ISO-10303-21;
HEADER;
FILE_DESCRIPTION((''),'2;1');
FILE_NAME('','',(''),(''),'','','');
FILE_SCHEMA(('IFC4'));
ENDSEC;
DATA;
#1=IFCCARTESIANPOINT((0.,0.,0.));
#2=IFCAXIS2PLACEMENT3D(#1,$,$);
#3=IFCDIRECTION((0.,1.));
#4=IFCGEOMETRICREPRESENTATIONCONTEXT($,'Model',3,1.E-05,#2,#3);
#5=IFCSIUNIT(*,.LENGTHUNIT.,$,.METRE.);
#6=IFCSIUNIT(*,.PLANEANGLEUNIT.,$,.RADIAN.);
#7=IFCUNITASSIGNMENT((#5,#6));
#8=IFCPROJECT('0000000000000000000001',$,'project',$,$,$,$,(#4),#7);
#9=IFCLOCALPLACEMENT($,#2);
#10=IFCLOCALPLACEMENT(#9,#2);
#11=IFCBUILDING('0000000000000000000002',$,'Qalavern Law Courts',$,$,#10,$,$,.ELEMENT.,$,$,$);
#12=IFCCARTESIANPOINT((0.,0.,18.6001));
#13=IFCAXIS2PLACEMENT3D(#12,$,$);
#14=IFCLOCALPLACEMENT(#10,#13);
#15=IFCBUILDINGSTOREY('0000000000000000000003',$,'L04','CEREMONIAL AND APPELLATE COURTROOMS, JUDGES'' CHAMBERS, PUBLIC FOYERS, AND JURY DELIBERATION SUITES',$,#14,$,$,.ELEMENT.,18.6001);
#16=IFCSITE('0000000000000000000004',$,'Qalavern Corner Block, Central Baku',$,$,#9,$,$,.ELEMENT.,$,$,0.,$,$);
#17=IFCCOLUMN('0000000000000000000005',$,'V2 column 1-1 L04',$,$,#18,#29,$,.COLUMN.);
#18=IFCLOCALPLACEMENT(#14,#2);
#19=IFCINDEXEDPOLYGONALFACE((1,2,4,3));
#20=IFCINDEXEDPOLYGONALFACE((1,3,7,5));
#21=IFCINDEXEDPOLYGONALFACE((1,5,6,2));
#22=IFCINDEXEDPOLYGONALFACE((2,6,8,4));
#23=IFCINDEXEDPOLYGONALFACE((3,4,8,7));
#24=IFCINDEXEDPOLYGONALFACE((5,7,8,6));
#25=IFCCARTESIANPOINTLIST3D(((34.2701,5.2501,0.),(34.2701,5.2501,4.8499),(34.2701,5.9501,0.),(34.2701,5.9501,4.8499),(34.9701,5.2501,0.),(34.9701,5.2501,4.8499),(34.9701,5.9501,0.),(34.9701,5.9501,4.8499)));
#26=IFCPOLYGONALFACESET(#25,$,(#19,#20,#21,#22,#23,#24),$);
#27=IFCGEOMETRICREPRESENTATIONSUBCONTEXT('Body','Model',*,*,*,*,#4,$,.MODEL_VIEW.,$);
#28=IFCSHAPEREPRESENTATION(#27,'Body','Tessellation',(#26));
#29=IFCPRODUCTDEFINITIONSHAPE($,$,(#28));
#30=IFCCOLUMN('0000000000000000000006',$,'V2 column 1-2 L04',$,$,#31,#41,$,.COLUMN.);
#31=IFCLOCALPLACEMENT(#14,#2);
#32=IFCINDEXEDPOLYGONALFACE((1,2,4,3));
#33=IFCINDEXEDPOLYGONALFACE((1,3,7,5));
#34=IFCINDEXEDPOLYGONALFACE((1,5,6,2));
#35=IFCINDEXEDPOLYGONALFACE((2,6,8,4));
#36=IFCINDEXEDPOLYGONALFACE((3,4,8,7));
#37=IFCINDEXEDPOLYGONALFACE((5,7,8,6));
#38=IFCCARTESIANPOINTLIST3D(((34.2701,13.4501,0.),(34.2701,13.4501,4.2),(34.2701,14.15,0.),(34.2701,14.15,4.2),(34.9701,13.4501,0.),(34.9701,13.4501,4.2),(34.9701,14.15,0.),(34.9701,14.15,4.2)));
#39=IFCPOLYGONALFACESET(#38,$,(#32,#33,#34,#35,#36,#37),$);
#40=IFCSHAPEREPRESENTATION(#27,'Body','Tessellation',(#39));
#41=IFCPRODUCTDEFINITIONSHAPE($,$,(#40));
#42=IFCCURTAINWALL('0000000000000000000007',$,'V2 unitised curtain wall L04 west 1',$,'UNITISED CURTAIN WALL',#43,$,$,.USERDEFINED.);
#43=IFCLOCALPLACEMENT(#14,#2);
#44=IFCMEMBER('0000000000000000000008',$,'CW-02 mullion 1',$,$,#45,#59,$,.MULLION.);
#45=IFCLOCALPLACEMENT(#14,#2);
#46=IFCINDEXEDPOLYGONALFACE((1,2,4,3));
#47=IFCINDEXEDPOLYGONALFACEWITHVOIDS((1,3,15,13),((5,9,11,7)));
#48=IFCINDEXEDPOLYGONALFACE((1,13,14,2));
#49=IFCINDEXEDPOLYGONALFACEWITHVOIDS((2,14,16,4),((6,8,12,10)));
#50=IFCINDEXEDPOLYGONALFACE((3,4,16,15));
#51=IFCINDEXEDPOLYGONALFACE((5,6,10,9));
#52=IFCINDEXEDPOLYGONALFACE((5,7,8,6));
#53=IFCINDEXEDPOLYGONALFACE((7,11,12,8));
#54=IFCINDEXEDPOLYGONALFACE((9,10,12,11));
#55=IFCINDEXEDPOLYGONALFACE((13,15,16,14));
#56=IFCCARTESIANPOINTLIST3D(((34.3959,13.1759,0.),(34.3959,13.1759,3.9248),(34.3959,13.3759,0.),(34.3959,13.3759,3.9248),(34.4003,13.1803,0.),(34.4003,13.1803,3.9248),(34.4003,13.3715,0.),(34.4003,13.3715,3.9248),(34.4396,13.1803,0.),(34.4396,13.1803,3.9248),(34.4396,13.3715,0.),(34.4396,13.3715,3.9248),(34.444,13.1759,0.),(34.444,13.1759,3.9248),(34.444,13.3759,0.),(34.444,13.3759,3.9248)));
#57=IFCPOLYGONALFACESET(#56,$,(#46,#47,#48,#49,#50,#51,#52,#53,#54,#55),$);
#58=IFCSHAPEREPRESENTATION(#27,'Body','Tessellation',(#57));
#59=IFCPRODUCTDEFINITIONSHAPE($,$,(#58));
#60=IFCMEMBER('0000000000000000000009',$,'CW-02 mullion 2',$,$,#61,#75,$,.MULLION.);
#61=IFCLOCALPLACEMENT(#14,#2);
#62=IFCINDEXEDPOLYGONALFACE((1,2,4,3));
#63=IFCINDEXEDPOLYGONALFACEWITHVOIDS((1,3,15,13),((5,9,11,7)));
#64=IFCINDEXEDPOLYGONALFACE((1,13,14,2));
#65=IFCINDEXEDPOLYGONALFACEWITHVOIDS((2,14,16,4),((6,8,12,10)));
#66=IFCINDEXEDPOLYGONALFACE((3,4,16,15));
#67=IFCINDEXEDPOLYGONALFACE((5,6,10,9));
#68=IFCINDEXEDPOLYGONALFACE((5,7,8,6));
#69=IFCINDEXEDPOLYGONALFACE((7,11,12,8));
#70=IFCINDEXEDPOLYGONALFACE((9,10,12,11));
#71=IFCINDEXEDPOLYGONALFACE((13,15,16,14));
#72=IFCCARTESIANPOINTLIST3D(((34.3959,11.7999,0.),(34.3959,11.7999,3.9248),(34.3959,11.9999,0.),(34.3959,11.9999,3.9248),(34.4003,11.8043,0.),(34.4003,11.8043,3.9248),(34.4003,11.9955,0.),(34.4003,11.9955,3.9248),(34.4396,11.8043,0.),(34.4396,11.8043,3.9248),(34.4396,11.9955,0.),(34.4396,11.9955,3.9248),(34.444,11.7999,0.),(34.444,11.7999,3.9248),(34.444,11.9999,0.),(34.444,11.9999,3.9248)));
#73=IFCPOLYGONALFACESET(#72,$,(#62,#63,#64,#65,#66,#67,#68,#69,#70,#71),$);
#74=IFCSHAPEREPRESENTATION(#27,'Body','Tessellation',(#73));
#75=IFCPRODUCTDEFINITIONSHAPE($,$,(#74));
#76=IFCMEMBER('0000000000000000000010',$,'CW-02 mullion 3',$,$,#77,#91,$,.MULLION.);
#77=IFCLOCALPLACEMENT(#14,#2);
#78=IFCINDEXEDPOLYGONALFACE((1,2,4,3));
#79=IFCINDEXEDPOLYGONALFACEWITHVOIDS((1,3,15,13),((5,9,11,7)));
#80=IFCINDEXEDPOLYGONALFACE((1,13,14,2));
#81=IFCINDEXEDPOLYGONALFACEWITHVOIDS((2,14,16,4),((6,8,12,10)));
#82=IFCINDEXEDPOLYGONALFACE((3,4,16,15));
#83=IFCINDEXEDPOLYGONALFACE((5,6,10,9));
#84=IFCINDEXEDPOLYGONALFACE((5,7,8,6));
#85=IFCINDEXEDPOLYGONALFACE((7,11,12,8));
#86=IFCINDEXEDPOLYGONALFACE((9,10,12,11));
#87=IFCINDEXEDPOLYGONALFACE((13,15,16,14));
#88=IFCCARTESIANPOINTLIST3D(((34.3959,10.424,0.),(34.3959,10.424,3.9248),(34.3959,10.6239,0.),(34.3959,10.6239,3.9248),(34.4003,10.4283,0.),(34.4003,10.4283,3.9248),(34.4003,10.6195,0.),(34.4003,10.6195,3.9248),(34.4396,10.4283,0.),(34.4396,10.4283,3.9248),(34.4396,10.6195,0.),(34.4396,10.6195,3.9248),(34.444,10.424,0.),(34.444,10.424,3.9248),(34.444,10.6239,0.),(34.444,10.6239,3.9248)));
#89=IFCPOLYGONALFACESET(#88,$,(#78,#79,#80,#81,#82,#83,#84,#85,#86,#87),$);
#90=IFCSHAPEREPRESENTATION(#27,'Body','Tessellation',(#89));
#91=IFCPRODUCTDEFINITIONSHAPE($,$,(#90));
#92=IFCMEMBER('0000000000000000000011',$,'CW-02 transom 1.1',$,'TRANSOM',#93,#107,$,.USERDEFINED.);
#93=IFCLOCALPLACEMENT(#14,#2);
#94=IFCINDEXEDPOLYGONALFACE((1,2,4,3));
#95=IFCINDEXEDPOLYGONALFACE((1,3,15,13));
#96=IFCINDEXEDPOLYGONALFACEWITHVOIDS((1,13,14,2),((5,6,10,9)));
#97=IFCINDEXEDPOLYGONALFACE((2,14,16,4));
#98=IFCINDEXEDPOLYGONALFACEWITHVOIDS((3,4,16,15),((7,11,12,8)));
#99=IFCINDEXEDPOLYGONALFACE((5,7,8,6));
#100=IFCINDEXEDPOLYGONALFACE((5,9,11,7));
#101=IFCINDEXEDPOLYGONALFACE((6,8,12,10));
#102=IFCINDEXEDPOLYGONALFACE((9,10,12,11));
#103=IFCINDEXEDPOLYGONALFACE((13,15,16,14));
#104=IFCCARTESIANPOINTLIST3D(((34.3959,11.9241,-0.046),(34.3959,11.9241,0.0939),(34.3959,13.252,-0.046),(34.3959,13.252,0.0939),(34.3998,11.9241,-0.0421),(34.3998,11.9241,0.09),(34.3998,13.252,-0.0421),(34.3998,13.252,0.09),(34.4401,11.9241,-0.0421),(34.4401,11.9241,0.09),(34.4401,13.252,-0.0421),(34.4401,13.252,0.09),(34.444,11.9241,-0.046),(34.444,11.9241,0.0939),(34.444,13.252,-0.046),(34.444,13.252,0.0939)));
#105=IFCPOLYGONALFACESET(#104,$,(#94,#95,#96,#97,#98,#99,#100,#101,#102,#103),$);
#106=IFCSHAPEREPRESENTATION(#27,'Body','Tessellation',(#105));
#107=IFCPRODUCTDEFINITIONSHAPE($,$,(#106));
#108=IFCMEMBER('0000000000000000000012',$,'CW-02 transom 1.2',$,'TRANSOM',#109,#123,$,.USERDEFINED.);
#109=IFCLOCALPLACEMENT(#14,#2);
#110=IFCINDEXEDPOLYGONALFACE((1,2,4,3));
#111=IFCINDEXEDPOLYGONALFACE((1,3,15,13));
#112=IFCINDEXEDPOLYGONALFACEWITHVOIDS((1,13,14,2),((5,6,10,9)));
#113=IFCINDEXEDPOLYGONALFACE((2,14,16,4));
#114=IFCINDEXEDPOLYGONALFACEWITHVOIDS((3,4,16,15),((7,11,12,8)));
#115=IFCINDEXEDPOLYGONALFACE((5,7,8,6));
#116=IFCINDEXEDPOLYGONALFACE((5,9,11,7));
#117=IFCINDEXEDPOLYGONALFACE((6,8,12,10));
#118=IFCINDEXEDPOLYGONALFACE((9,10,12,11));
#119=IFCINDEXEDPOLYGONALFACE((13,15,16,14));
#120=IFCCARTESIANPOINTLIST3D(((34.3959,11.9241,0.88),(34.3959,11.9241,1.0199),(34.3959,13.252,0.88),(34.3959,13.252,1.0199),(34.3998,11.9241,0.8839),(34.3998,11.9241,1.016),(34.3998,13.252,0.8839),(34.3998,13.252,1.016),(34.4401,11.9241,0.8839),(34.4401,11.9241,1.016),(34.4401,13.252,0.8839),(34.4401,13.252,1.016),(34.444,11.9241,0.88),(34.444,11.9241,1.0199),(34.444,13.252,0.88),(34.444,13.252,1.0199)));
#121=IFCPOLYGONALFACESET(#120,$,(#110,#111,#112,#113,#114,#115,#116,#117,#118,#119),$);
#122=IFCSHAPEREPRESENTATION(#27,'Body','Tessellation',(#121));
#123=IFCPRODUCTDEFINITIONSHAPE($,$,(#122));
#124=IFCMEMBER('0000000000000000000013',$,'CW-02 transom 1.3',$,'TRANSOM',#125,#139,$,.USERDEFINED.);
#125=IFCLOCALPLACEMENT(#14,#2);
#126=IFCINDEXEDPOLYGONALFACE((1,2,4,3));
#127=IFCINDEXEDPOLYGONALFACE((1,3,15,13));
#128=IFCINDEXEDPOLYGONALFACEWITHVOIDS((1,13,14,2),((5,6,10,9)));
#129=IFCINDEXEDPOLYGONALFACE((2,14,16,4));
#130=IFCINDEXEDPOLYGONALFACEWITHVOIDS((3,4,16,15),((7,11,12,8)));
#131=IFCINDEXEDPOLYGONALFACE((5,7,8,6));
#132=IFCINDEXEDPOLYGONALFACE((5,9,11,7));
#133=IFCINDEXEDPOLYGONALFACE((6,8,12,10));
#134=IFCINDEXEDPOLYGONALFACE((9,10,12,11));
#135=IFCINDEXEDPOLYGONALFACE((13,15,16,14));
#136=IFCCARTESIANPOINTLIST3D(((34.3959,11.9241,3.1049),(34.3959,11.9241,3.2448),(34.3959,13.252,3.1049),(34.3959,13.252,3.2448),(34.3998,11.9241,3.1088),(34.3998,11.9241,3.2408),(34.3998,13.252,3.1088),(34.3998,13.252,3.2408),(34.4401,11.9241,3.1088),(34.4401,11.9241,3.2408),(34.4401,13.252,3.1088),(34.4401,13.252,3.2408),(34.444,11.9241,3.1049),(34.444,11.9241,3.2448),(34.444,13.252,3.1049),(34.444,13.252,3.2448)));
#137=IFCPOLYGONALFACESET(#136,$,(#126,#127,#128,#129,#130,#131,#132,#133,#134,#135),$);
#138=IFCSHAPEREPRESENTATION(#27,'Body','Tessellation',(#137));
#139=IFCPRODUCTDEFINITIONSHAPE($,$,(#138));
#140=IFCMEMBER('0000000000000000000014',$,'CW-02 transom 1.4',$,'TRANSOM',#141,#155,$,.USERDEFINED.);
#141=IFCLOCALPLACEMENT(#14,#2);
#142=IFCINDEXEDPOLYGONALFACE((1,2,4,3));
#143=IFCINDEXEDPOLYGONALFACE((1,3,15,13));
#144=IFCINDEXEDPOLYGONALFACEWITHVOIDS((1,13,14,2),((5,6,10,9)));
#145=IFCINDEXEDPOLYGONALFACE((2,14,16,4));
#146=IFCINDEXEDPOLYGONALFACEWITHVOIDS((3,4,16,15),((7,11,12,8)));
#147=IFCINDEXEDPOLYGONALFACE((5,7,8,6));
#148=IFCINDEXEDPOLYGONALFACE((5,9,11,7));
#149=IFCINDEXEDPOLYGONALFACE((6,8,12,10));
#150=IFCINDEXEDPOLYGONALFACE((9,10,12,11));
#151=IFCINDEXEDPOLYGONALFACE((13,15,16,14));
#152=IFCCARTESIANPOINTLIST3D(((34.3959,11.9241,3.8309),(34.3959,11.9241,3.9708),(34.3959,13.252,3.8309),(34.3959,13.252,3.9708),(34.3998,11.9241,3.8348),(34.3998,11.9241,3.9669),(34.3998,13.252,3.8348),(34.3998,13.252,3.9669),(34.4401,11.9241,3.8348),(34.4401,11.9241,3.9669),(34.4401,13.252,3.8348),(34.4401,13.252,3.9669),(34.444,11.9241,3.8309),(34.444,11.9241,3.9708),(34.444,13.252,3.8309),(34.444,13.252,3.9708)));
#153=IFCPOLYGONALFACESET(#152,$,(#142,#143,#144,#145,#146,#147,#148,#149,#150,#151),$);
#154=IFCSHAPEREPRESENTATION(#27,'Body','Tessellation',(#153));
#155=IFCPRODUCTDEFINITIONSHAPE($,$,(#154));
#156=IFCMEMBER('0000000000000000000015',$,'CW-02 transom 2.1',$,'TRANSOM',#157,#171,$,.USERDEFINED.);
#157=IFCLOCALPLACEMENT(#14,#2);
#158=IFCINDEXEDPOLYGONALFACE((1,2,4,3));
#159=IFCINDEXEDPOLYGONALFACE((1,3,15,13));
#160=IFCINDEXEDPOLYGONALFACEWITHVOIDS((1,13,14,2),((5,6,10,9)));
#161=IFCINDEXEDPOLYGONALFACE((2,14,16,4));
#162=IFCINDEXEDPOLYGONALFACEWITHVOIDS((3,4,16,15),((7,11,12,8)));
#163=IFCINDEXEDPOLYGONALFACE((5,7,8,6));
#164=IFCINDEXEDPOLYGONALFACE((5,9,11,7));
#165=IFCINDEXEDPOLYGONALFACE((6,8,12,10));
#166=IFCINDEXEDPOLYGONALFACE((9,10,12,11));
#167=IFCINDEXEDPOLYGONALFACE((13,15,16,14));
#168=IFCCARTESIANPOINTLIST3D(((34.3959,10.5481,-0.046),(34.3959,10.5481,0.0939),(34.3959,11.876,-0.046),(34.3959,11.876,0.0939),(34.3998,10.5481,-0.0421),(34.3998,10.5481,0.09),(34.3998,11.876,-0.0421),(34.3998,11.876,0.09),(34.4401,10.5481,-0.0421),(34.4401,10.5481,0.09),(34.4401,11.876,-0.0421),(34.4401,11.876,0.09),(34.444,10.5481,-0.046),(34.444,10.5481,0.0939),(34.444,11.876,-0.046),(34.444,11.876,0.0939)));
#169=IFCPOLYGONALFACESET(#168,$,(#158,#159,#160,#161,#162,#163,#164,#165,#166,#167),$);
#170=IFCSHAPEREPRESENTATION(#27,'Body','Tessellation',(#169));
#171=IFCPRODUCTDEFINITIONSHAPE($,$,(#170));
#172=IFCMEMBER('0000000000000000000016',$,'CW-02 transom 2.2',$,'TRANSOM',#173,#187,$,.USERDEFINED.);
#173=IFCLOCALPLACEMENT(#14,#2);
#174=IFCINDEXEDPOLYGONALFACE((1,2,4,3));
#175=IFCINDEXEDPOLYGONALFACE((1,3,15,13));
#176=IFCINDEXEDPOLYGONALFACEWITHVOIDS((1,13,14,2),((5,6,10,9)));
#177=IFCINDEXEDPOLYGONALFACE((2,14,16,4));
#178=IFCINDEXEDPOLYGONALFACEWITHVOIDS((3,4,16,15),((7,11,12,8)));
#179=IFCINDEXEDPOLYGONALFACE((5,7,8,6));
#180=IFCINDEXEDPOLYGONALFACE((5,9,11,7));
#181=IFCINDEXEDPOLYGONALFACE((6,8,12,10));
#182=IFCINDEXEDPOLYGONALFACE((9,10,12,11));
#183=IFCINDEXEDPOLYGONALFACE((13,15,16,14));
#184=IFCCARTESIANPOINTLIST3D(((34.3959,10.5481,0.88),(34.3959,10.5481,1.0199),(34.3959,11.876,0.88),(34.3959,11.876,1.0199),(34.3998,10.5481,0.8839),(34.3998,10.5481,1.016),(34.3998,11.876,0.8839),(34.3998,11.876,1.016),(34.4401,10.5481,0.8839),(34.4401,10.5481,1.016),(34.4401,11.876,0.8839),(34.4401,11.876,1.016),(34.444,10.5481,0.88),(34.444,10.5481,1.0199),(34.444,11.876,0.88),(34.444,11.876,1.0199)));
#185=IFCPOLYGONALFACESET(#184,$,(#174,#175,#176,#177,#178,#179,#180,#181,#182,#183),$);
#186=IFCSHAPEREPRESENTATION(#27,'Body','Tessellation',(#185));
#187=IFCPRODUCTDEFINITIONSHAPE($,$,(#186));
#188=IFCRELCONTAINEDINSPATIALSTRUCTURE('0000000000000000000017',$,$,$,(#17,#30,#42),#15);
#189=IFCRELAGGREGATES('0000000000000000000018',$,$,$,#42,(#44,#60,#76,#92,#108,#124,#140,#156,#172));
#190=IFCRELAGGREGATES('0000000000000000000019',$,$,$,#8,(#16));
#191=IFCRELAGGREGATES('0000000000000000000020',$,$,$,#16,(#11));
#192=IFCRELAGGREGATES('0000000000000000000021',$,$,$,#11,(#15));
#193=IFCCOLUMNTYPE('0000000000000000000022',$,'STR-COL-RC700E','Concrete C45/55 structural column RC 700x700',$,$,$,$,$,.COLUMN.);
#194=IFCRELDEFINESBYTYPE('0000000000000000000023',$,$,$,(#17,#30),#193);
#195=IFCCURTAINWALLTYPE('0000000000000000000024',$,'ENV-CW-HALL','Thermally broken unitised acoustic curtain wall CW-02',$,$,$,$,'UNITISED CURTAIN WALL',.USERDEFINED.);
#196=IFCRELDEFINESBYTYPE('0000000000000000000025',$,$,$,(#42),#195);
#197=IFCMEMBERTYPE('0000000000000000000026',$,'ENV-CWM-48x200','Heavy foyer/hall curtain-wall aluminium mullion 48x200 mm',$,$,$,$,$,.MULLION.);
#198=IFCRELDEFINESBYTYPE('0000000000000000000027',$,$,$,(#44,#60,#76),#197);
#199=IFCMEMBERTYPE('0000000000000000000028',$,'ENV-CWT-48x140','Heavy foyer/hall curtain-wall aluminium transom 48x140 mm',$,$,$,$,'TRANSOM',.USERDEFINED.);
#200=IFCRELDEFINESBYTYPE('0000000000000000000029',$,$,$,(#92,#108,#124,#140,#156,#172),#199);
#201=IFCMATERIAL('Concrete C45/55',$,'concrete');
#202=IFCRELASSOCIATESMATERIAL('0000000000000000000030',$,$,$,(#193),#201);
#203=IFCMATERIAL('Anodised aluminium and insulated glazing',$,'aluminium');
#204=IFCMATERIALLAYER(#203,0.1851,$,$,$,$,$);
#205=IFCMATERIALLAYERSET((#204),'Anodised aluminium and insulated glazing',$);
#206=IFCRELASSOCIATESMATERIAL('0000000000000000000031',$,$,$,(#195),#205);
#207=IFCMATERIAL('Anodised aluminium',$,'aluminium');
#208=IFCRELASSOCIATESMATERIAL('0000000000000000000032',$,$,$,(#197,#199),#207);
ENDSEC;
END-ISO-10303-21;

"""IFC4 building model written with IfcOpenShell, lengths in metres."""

from ifc_helpers import new_model, si_unit, direction, frame, origin, origin_2d, place, context, subcontext, project, spatial, rectangle, hollow_rectangle, extrude, material, layer, layer_set, material_profile, profile_set, type_object, element, aggregate, save


model = new_model("IFC4")

# Units and contexts
model_context = context("Model", 3, precision=1e-05, world=origin(), true_north=direction((0.0, 1.0)))
body_context = subcontext(model_context, "Body", "Model", "MODEL_VIEW")
ifc_project = project(units=[si_unit("LENGTHUNIT", "METRE"), si_unit("PLANEANGLEUNIT", "RADIAN")], contexts=[model_context])

# Site, building, storey
site_placement = place(None, origin())
site = spatial("IfcSite", under=ifc_project, at=site_placement, Name="Qalavern Corner Block, Central Baku", CompositionType="ELEMENT", RefElevation=0.0)
building_placement = place(site_placement, origin())
building = spatial("IfcBuilding", under=site, at=building_placement, Name="Qalavern Law Courts", CompositionType="ELEMENT")
storey_placement = place(building_placement, frame((0.0, 0.0, 18.6001)))
storey = spatial("IfcBuildingStorey", under=building, at=storey_placement, Name="L04", Description="CEREMONIAL AND APPELLATE COURTROOMS, JUDGES' CHAMBERS, PUBLIC FOYERS, AND JURY DELIBERATION SUITES", CompositionType="ELEMENT", Elevation=18.6001)

# Columns
ifc_material_1 = material(Name="Concrete C45/55", Category="concrete")
ifc_material_profile_1 = material_profile(ifc_material_1, rectangle(XDim=0.7, YDim=0.7, at=origin_2d()), Name="RC 700x700")
ifc_profile_set_1 = profile_set([ifc_material_profile_1], Name="Concrete C45/55")
column_type = type_object("IfcColumnType", Name="STR-COL-RC700E", Description="Concrete C45/55 structural column RC 700x700", PredefinedType="COLUMN", material=ifc_profile_set_1)
column_1_placement = place(storey_placement, frame((34.6201, 5.6001, 0.0), z_axis=(0.0, 0.0, 1.0), x_axis=(1.0, 0.0, 0.0)))
element("IfcColumn", 1, at=column_1_placement, inside=storey, type_object=column_type, Name="V2 column 1-1 L04", PredefinedType="COLUMN", context=body_context, shape_type="SweptSolid", body=[
    extrude(rectangle(XDim=0.7, YDim=0.7, at=origin_2d()), origin(), (0.0, 0.0, 1.0), 4.8499),
])
column_2_placement = place(storey_placement, frame((34.6201, 13.8, 0.0), z_axis=(0.0, 0.0, 1.0), x_axis=(1.0, 0.0, 0.0)))
element("IfcColumn", 2, at=column_2_placement, inside=storey, type_object=column_type, Name="V2 column 1-2 L04", PredefinedType="COLUMN", context=body_context, shape_type="SweptSolid", body=[
    extrude(rectangle(XDim=0.7, YDim=0.7, at=origin_2d()), origin(), (0.0, 0.0, 1.0), 4.2),
])

# Curtain wall, members
ifc_material_2 = material(Name="Anodised aluminium and insulated glazing", Category="aluminium")
ifc_layer_1 = layer(ifc_material_2, 0.1851)
ifc_layer_set_1 = layer_set([ifc_layer_1], Name="Anodised aluminium and insulated glazing")
curtain_wall_type = type_object("IfcCurtainWallType", Name="ENV-CW-HALL", Description="Thermally broken unitised acoustic curtain wall CW-02", ElementType="UNITISED CURTAIN WALL", PredefinedType="USERDEFINED", material=ifc_layer_set_1)
curtain_wall_placement = place(storey_placement, origin())
curtain_wall = element("IfcCurtainWall", 3, at=curtain_wall_placement, inside=storey, type_object=curtain_wall_type, Name="V2 unitised curtain wall L04 west 1", ObjectType="UNITISED CURTAIN WALL", PredefinedType="USERDEFINED")
ifc_material_3 = material(Name="Anodised aluminium", Category="aluminium")
ifc_material_profile_2 = material_profile(ifc_material_3, hollow_rectangle(XDim=0.0481, YDim=0.2, WallThickness=0.0044, at=origin_2d()), Name="ALU MULLION 48x200")
ifc_profile_set_2 = profile_set([ifc_material_profile_2], Name="Anodised aluminium")
member_type_1 = type_object("IfcMemberType", Name="ENV-CWM-48x200", Description="Heavy foyer/hall curtain-wall aluminium mullion 48x200 mm", PredefinedType="MULLION", material=ifc_profile_set_2)
member_1_placement = place(storey_placement, frame((34.4199, 13.2759, 0.0), z_axis=(0.0, 0.0, 1.0), x_axis=(1.0, 0.0, 0.0)))
member_1 = element("IfcMember", 4, at=member_1_placement, type_object=member_type_1, Name="CW-02 mullion 1", PredefinedType="MULLION", context=body_context, shape_type="SweptSolid", body=[
    extrude(hollow_rectangle(XDim=0.0481, YDim=0.2, WallThickness=0.0044, at=origin_2d()), origin(), (0.0, 0.0, 1.0), 3.9248),
])
member_2_placement = place(storey_placement, frame((34.4199, 11.8999, 0.0), z_axis=(0.0, 0.0, 1.0), x_axis=(1.0, 0.0, 0.0)))
member_2 = element("IfcMember", 5, at=member_2_placement, type_object=member_type_1, Name="CW-02 mullion 2", PredefinedType="MULLION", context=body_context, shape_type="SweptSolid", body=[
    extrude(hollow_rectangle(XDim=0.0481, YDim=0.2, WallThickness=0.0044, at=origin_2d()), origin(), (0.0, 0.0, 1.0), 3.9248),
])
member_3_placement = place(storey_placement, frame((34.4199, 10.5239, 0.0), z_axis=(0.0, 0.0, 1.0), x_axis=(1.0, 0.0, 0.0)))
member_3 = element("IfcMember", 6, at=member_3_placement, type_object=member_type_1, Name="CW-02 mullion 3", PredefinedType="MULLION", context=body_context, shape_type="SweptSolid", body=[
    extrude(hollow_rectangle(XDim=0.0481, YDim=0.2, WallThickness=0.0044, at=origin_2d()), origin(), (0.0, 0.0, 1.0), 3.9248),
])
ifc_material_profile_3 = material_profile(ifc_material_3, hollow_rectangle(XDim=0.0481, YDim=0.1399, WallThickness=0.0039, at=origin_2d()), Name="ALU TRANSOM 48x140")
ifc_profile_set_3 = profile_set([ifc_material_profile_3], Name="Anodised aluminium")
member_type_2 = type_object("IfcMemberType", Name="ENV-CWT-48x140", Description="Heavy foyer/hall curtain-wall aluminium transom 48x140 mm", ElementType="TRANSOM", PredefinedType="USERDEFINED", material=ifc_profile_set_3)
member_4_placement = place(storey_placement, frame((34.4199, 13.252, 0.0239), z_axis=(0.0, -1.0, 0.0), x_axis=(1.0, 0.0, 0.0)))
member_4 = element("IfcMember", 7, at=member_4_placement, type_object=member_type_2, Name="CW-02 transom 1.1", ObjectType="TRANSOM", PredefinedType="USERDEFINED", context=body_context, shape_type="SweptSolid", body=[
    extrude(hollow_rectangle(XDim=0.0481, YDim=0.1399, WallThickness=0.0039, at=origin_2d()), origin(), (0.0, 0.0, 1.0), 1.3279),
])
member_5_placement = place(storey_placement, frame((34.4199, 13.252, 0.95), z_axis=(0.0, -1.0, 0.0), x_axis=(1.0, 0.0, 0.0)))
member_5 = element("IfcMember", 8, at=member_5_placement, type_object=member_type_2, Name="CW-02 transom 1.2", ObjectType="TRANSOM", PredefinedType="USERDEFINED", context=body_context, shape_type="SweptSolid", body=[
    extrude(hollow_rectangle(XDim=0.0481, YDim=0.1399, WallThickness=0.0039, at=origin_2d()), origin(), (0.0, 0.0, 1.0), 1.3279),
])
member_6_placement = place(storey_placement, frame((34.4199, 13.252, 3.1748), z_axis=(0.0, -1.0, 0.0), x_axis=(1.0, 0.0, 0.0)))
member_6 = element("IfcMember", 9, at=member_6_placement, type_object=member_type_2, Name="CW-02 transom 1.3", ObjectType="TRANSOM", PredefinedType="USERDEFINED", context=body_context, shape_type="SweptSolid", body=[
    extrude(hollow_rectangle(XDim=0.0481, YDim=0.1399, WallThickness=0.0039, at=origin_2d()), origin(), (0.0, 0.0, 1.0), 1.3279),
])
member_7_placement = place(storey_placement, frame((34.4199, 13.252, 3.9009), z_axis=(0.0, -1.0, 0.0), x_axis=(1.0, 0.0, 0.0)))
member_7 = element("IfcMember", 10, at=member_7_placement, type_object=member_type_2, Name="CW-02 transom 1.4", ObjectType="TRANSOM", PredefinedType="USERDEFINED", context=body_context, shape_type="SweptSolid", body=[
    extrude(hollow_rectangle(XDim=0.0481, YDim=0.1399, WallThickness=0.0039, at=origin_2d()), origin(), (0.0, 0.0, 1.0), 1.3279),
])
member_8_placement = place(storey_placement, frame((34.4199, 11.876, 0.0239), z_axis=(0.0, -1.0, 0.0), x_axis=(1.0, 0.0, 0.0)))
member_8 = element("IfcMember", 11, at=member_8_placement, type_object=member_type_2, Name="CW-02 transom 2.1", ObjectType="TRANSOM", PredefinedType="USERDEFINED", context=body_context, shape_type="SweptSolid", body=[
    extrude(hollow_rectangle(XDim=0.0481, YDim=0.1399, WallThickness=0.0039, at=origin_2d()), origin(), (0.0, 0.0, 1.0), 1.3279),
])
member_9_placement = place(storey_placement, frame((34.4199, 11.876, 0.95), z_axis=(0.0, -1.0, 0.0), x_axis=(1.0, 0.0, 0.0)))
member_9 = element("IfcMember", 12, at=member_9_placement, type_object=member_type_2, Name="CW-02 transom 2.2", ObjectType="TRANSOM", PredefinedType="USERDEFINED", context=body_context, shape_type="SweptSolid", body=[
    extrude(hollow_rectangle(XDim=0.0481, YDim=0.1399, WallThickness=0.0039, at=origin_2d()), origin(), (0.0, 0.0, 1.0), 1.3279),
])

aggregate(curtain_wall, [member_1, member_2, member_3, member_4, member_5, member_6, member_7, member_8, member_9])

save(model, "model.ifc")
